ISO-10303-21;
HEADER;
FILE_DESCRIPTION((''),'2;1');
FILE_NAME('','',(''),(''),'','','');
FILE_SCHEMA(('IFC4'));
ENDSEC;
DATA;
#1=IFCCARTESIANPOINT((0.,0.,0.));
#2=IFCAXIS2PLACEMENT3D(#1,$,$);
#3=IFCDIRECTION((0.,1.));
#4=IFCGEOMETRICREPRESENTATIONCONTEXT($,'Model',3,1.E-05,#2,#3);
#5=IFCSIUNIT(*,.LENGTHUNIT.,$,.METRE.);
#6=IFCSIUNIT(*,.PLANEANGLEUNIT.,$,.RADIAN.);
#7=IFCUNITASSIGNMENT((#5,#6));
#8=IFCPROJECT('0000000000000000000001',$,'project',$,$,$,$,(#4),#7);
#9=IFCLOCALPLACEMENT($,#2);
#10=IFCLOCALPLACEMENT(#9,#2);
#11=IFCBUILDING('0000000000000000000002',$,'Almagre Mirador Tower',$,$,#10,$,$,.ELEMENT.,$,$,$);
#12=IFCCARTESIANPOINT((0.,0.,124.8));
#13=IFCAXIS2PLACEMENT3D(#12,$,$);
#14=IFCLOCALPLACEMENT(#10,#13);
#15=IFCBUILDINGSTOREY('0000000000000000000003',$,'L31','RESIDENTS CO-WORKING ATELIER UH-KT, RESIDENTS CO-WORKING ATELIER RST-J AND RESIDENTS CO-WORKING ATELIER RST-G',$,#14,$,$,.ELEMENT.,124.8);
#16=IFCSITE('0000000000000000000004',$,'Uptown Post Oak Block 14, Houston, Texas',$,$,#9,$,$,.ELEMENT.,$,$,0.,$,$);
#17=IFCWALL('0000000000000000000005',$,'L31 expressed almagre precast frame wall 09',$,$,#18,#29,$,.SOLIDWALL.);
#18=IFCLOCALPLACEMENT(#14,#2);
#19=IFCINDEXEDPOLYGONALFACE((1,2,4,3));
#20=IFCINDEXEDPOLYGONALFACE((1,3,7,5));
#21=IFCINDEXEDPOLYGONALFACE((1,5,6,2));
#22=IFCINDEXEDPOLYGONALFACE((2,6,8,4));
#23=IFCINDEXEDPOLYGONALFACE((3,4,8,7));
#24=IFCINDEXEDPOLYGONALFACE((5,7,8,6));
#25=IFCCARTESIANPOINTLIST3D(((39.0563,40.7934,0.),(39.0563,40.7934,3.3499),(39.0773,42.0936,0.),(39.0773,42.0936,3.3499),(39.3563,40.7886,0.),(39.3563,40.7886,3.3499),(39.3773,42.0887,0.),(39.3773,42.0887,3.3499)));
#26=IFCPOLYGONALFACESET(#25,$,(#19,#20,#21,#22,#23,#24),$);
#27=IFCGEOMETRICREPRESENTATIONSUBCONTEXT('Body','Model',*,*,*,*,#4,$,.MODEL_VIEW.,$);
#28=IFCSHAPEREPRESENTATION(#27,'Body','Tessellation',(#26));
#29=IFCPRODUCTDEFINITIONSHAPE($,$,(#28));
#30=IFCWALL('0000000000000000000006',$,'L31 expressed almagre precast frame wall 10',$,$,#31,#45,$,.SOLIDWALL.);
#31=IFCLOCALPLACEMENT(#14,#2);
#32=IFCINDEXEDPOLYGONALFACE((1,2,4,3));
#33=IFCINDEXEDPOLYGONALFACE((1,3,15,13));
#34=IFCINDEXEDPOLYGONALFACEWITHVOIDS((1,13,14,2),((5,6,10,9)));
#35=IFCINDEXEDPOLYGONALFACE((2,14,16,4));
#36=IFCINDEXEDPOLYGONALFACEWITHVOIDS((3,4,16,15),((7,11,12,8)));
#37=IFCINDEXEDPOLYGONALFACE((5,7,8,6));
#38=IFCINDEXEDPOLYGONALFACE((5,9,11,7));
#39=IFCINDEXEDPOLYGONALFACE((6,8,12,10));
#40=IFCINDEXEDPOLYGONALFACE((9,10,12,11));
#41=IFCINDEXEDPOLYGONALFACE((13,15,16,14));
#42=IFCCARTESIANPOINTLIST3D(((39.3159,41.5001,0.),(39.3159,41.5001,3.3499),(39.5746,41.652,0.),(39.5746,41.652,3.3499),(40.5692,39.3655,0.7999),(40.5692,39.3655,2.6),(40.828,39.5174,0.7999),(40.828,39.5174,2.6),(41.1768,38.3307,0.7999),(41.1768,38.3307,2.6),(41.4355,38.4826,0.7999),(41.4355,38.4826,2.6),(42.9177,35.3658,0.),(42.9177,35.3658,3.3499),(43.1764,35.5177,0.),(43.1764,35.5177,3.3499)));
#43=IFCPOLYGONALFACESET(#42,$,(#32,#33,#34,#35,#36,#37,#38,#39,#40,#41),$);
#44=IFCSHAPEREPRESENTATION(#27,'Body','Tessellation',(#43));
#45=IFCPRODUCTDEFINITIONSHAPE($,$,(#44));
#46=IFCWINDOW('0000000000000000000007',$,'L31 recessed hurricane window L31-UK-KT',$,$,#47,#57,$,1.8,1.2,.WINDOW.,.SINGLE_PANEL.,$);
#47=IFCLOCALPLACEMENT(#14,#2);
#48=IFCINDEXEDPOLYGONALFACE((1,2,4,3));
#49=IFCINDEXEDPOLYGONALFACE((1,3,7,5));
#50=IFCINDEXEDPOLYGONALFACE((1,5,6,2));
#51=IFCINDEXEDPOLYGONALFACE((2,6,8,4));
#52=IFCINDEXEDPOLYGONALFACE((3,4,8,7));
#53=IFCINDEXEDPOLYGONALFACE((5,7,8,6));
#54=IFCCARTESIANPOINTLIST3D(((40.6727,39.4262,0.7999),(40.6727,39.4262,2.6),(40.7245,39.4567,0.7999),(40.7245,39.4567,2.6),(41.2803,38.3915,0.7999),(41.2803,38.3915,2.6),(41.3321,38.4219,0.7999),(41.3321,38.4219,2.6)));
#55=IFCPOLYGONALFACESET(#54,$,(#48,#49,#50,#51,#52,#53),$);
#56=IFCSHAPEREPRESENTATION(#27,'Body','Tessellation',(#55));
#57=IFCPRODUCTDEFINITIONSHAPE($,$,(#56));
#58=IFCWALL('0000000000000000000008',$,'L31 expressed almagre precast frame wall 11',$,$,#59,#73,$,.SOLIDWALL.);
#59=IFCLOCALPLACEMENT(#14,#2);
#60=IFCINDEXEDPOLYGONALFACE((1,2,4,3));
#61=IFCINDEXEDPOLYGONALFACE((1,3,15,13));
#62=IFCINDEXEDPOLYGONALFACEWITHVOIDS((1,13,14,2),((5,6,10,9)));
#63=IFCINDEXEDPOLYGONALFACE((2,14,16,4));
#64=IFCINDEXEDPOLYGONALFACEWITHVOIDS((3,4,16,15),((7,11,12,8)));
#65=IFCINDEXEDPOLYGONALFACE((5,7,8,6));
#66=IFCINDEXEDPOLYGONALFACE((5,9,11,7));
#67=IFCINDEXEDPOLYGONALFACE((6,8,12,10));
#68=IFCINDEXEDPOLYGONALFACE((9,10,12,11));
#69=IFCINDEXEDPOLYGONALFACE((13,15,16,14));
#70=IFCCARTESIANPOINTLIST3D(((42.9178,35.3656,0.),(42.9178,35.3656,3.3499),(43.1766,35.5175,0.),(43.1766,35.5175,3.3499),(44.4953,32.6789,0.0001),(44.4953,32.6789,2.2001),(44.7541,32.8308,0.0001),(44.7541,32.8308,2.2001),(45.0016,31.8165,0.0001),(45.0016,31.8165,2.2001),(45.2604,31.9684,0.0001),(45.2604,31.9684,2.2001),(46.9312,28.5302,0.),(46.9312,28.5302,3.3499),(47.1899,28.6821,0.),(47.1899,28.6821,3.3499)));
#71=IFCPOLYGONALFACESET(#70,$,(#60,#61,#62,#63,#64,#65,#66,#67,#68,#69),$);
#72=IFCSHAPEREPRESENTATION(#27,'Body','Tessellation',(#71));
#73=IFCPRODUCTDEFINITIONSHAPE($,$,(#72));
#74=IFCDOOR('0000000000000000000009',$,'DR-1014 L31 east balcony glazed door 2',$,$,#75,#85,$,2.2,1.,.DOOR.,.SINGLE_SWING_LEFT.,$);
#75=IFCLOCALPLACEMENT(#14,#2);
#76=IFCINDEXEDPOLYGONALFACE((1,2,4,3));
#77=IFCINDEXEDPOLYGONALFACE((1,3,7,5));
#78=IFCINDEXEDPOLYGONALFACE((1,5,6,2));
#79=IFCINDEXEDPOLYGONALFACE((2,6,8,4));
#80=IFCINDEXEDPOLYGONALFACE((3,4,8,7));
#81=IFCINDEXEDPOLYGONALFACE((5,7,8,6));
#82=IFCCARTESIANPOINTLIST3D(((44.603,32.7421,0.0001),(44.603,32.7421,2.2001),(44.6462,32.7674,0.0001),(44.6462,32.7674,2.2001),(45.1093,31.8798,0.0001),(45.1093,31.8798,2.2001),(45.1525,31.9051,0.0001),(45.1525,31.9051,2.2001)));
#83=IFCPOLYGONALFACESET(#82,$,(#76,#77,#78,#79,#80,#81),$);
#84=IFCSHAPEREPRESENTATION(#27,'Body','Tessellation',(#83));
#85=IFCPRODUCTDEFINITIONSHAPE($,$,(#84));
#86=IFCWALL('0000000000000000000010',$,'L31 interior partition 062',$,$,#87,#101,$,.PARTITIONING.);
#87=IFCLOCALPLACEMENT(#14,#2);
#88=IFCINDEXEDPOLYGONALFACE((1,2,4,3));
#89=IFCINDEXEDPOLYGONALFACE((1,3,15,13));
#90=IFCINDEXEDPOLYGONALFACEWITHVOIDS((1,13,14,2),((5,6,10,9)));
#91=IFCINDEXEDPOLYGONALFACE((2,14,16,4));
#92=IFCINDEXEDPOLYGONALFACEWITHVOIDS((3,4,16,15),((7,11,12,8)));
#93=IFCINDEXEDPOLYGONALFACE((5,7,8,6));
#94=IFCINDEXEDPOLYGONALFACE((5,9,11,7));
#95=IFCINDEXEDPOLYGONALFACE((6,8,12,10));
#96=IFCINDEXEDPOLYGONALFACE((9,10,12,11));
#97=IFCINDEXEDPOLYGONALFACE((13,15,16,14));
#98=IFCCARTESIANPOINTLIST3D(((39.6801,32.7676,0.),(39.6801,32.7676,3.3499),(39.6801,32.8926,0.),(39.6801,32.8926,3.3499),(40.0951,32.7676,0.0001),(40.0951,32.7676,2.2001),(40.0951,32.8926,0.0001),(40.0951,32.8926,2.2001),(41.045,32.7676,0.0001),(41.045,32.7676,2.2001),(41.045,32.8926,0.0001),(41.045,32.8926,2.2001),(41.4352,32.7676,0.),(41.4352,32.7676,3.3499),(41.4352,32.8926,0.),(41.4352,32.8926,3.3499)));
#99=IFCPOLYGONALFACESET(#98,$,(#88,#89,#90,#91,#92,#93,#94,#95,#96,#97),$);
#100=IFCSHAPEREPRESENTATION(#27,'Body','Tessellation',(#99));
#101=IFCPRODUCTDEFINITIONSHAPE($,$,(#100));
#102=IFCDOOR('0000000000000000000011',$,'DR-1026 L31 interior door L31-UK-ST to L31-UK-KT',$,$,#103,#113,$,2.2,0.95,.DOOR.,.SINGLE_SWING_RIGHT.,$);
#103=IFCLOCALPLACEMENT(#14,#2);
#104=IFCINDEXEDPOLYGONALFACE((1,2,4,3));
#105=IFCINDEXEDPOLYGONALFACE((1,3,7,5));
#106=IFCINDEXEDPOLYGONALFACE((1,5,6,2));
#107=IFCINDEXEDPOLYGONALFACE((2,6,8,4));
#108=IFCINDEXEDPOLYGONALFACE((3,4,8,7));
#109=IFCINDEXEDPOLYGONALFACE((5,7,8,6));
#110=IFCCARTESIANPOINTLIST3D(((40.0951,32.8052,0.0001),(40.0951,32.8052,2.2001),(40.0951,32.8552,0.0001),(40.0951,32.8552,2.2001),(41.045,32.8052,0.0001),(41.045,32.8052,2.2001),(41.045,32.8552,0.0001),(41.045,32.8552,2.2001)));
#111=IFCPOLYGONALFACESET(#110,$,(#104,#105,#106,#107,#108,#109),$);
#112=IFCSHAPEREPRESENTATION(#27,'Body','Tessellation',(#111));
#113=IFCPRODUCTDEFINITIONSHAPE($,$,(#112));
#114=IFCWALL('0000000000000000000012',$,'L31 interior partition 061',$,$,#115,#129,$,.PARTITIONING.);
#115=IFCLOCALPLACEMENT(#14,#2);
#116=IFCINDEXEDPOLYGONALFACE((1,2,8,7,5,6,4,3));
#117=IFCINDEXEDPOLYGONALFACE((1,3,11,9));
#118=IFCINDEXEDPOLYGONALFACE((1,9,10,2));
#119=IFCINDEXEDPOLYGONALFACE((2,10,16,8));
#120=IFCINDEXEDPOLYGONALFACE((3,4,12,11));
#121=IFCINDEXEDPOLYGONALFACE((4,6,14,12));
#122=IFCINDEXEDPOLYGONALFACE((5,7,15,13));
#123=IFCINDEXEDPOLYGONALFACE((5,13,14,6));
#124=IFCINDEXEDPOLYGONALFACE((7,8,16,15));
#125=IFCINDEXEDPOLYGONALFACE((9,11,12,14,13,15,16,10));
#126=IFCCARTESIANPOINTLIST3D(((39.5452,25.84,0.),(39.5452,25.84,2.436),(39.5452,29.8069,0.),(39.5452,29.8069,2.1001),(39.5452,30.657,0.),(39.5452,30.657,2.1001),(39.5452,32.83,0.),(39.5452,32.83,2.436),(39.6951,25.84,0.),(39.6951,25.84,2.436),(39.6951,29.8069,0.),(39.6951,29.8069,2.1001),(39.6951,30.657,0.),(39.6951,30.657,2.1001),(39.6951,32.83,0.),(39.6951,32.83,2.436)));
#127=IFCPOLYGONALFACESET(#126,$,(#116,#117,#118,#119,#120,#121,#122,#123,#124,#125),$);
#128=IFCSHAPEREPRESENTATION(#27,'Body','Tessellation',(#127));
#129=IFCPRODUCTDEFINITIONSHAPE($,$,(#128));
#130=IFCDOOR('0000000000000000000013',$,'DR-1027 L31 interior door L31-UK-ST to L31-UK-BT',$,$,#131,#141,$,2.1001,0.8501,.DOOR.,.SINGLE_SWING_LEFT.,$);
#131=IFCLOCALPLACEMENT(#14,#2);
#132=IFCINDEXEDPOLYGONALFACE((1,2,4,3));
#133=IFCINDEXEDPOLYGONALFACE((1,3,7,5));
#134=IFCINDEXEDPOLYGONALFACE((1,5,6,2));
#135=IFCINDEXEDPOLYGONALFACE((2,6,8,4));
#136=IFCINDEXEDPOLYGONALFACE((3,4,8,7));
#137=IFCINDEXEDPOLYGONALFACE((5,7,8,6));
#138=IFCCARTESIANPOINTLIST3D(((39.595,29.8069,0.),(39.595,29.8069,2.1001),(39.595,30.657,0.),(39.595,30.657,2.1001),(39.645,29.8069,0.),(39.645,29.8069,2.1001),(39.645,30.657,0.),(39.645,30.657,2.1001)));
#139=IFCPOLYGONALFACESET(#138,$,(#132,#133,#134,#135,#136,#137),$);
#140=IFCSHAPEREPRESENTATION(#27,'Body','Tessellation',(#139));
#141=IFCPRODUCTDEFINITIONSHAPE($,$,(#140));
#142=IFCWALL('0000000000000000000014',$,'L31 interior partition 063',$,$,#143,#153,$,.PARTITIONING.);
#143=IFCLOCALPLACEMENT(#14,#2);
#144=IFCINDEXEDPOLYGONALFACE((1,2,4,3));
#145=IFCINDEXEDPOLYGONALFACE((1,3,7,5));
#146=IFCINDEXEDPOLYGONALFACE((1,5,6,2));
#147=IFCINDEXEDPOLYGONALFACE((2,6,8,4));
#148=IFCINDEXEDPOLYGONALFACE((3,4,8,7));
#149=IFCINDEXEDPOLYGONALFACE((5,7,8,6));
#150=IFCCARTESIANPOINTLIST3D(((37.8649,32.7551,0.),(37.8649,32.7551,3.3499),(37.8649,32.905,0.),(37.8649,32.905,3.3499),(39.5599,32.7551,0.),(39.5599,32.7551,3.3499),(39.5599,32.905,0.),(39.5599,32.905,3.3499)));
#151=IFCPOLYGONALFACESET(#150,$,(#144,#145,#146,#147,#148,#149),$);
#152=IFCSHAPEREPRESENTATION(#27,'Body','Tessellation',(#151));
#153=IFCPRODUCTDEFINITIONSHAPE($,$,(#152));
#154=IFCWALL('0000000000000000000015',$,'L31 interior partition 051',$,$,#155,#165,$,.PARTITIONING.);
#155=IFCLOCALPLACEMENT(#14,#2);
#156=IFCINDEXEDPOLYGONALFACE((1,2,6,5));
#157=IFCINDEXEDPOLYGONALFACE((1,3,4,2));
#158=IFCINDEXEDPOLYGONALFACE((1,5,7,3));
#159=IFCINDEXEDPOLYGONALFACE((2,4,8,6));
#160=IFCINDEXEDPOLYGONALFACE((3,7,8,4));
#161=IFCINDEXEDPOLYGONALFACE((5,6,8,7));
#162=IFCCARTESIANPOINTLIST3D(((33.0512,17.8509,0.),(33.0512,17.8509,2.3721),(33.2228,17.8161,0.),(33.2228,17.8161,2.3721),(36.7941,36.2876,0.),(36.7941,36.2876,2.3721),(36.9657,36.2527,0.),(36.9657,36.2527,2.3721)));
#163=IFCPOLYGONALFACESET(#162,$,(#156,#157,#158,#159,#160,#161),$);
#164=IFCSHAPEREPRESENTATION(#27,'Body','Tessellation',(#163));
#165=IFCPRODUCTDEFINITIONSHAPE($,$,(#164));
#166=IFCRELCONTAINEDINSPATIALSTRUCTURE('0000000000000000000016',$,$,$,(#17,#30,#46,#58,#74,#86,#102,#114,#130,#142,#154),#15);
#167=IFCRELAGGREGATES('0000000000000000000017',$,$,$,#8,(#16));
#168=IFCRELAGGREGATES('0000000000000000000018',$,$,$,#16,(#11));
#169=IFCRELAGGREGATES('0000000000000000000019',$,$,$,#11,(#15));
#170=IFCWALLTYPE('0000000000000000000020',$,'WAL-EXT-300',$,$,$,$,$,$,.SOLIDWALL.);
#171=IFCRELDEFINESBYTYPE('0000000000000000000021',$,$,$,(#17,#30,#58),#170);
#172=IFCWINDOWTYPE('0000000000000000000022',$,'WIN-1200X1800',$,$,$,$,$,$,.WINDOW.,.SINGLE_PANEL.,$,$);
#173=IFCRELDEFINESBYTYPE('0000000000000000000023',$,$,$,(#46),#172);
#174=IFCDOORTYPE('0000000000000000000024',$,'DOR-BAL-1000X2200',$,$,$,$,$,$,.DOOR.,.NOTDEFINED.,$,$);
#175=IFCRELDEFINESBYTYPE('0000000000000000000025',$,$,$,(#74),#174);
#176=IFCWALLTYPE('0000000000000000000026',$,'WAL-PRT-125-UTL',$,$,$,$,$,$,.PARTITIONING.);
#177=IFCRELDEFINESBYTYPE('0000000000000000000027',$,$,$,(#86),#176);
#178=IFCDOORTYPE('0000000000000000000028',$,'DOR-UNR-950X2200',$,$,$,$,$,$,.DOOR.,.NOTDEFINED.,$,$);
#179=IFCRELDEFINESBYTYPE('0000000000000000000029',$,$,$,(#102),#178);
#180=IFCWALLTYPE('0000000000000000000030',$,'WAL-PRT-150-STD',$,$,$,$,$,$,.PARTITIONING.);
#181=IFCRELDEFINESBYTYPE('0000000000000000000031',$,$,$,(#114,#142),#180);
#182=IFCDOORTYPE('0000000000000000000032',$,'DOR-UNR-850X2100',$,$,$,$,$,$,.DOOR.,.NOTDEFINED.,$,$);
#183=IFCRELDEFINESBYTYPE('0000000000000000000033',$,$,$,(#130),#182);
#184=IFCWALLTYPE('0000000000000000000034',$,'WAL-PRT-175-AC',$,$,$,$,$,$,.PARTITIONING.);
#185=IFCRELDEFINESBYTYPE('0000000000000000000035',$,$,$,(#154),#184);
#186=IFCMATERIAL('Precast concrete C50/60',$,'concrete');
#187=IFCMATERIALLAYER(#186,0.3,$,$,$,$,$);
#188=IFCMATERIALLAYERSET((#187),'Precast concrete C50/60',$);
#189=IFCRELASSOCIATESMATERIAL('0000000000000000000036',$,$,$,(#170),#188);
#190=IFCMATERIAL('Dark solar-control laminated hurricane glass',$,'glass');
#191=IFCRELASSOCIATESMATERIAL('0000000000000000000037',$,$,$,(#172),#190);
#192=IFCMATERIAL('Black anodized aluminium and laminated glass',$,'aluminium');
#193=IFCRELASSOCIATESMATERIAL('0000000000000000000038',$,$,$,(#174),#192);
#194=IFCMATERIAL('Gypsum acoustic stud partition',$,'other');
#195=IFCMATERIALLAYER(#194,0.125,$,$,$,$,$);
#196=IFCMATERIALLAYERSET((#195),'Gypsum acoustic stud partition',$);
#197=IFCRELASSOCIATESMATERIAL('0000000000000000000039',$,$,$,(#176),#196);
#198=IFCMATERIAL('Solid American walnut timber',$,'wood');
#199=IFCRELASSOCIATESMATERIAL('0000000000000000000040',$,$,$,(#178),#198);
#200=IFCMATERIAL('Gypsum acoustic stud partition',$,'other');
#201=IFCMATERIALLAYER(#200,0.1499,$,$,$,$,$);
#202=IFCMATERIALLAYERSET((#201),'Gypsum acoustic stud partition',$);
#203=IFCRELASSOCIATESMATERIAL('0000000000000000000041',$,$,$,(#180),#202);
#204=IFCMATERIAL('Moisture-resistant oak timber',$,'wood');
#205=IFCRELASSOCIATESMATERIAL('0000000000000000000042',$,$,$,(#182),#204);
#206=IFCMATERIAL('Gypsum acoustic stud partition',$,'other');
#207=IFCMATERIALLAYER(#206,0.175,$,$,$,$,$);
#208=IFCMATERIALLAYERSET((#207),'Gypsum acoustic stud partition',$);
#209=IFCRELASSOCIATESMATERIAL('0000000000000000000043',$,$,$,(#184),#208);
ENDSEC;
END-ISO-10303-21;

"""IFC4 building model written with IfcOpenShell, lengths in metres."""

from ifc_helpers import new_model, si_unit, direction, frame, frame_2d, origin, place, context, subcontext, project, spatial, rectangle, extrude, material, layer, layer_set, type_object, element, fill, save


model = new_model("IFC4")

# Units and contexts
model_context = context("Model", 3, precision=1e-05, world=origin(), true_north=direction((0.0, 1.0)))
body_context = subcontext(model_context, "Body", "Model", "MODEL_VIEW")
ifc_project = project(units=[si_unit("LENGTHUNIT", "METRE"), si_unit("PLANEANGLEUNIT", "RADIAN")], contexts=[model_context])

# Site, building, storey
site_placement = place(None, origin())
site = spatial("IfcSite", under=ifc_project, at=site_placement, Name="Uptown Post Oak Block 14, Houston, Texas", CompositionType="ELEMENT", RefElevation=0.0)
building_placement = place(site_placement, origin())
building = spatial("IfcBuilding", under=site, at=building_placement, Name="Almagre Mirador Tower", CompositionType="ELEMENT")
storey_placement = place(building_placement, frame((0.0, 0.0, 124.8)))
storey = spatial("IfcBuildingStorey", under=building, at=storey_placement, Name="L31", Description="RESIDENTS CO-WORKING ATELIER UH-KT, RESIDENTS CO-WORKING ATELIER RST-J AND RESIDENTS CO-WORKING ATELIER RST-G", CompositionType="ELEMENT", Elevation=124.8)

# Shared definitions
ifc_material_1 = material(Name="Precast concrete C50/60", Category="concrete")
ifc_layer_1 = layer(ifc_material_1, 0.3)
ifc_layer_set_1 = layer_set([ifc_layer_1], Name="Precast concrete C50/60")
wall_type_1 = type_object("IfcWallType", Name="WAL-EXT-300", PredefinedType="SOLIDWALL", material=ifc_layer_set_1)
ifc_material_2 = material(Name="Dark solar-control laminated hurricane glass", Category="glass")
window_type = type_object("IfcWindowType", Name="WIN-1200X1800", PartitioningType="SINGLE_PANEL", PredefinedType="WINDOW", material=ifc_material_2)

# Wall
wall_1_placement = place(storey_placement, frame((39.2063, 40.791, 0.0), z_axis=(0.0, 0.0, 1.0), x_axis=(0.016148, 0.99987, 0.0)))
element("IfcWall", 1, at=wall_1_placement, inside=storey, type_object=wall_type_1, Name="L31 expressed almagre precast frame wall 09", PredefinedType="SOLIDWALL", context=body_context, shape_type="SweptSolid", body=[
    extrude(rectangle(XDim=1.3003, YDim=0.3, at=frame_2d((0.6501, 0.0))), origin(), (0.0, 0.0, 1.0), 3.3499),
])

# Wall, opening, window
wall_2_placement = place(storey_placement, frame((39.4453, 41.5759, 0.0), z_axis=(0.0, 0.0, 1.0), x_axis=(0.506332, -0.862339, 0.0)))
wall_2 = element("IfcWall", 2, at=wall_2_placement, inside=storey, type_object=wall_type_1, Name="L31 expressed almagre precast frame wall 10", PredefinedType="SOLIDWALL", context=body_context, shape_type="SweptSolid", body=[
    extrude(rectangle(XDim=7.1135, YDim=0.3, at=frame_2d((3.5566, 0.0))), origin(), (0.0, 0.0, 1.0), 3.3499),
])
opening_1_placement = place(wall_2_placement, frame((2.4751, 0.0, 0.8)))
opening_1 = element("IfcOpeningElement", 3, at=opening_1_placement, cuts=wall_2, PredefinedType="OPENING", context=body_context, shape_type="SweptSolid", body=[
    extrude(rectangle(XDim=1.2, YDim=1.8, at=frame_2d((0.6001, 0.8999))), frame((0.0, 0.1599, 0.0), z_axis=(0.0, -1.0, 0.0), x_axis=(1.0, 0.0, 0.0)), (0.0, 0.0, 1.0), 0.32),
])
window_1_placement = place(opening_1_placement, origin())
window_1 = element("IfcWindow", 4, at=window_1_placement, inside=storey, type_object=window_type, Name="L31 recessed hurricane window L31-UK-KT", OverallHeight=1.8, OverallWidth=1.2, PartitioningType="SINGLE_PANEL", PredefinedType="WINDOW", context=body_context, shape_type="SweptSolid", body=[
    extrude(rectangle(XDim=1.2, YDim=1.8, at=frame_2d((0.6001, 0.8999))), frame((0.0, 0.03, 0.0), z_axis=(0.0, -1.0, 0.0), x_axis=(1.0, 0.0, 0.0)), (0.0, 0.0, 1.0), 0.0601),
])
fill(opening_1, window_1)

# Walls, openings, doors
wall_3_placement = place(storey_placement, frame((43.0471, 35.4417, 0.0), z_axis=(0.0, 0.0, 1.0), x_axis=(0.506324, -0.862343, 0.0)))
wall_3 = element("IfcWall", 5, at=wall_3_placement, inside=storey, type_object=wall_type_1, Name="L31 expressed almagre precast frame wall 11", PredefinedType="SOLIDWALL", context=body_context, shape_type="SweptSolid", body=[
    extrude(rectangle(XDim=7.9265, YDim=0.3, at=frame_2d((3.9634, 0.0))), origin(), (0.0, 0.0, 1.0), 3.3499),
])
opening_2_placement = place(wall_3_placement, frame((3.1157, 0.0, 0.0)))
opening_2 = element("IfcOpeningElement", 6, at=opening_2_placement, cuts=wall_3, PredefinedType="OPENING", context=body_context, shape_type="SweptSolid", body=[
    extrude(rectangle(XDim=1.0, YDim=2.2, at=frame_2d((0.5, 1.1001))), frame((0.0, 0.1599, 0.0), z_axis=(0.0, -1.0, 0.0), x_axis=(1.0, 0.0, 0.0)), (0.0, 0.0, 1.0), 0.32),
])
ifc_material_3 = material(Name="Black anodized aluminium and laminated glass", Category="aluminium")
door_type_1 = type_object("IfcDoorType", Name="DOR-BAL-1000X2200", OperationType="NOTDEFINED", PredefinedType="DOOR", material=ifc_material_3)
door_1_placement = place(opening_2_placement, origin())
door_1 = element("IfcDoor", 7, at=door_1_placement, inside=storey, type_object=door_type_1, Name="DR-1014 L31 east balcony glazed door 2", OperationType="SINGLE_SWING_LEFT", OverallHeight=2.2, OverallWidth=1.0, PredefinedType="DOOR", context=body_context, shape_type="SweptSolid", body=[
    extrude(rectangle(XDim=1.0, YDim=2.2, at=frame_2d((0.5, 1.1001))), frame((0.0, 0.0249, 0.0), z_axis=(0.0, -1.0, 0.0), x_axis=(1.0, 0.0, 0.0)), (0.0, 0.0, 1.0), 0.05),
])
fill(opening_2, door_1)
ifc_material_4 = material(Name="Gypsum acoustic stud partition", Category="other")
ifc_layer_2 = layer(ifc_material_4, 0.125)
ifc_layer_set_2 = layer_set([ifc_layer_2], Name="Gypsum acoustic stud partition")
wall_type_2 = type_object("IfcWallType", Name="WAL-PRT-125-UTL", PredefinedType="PARTITIONING", material=ifc_layer_set_2)
wall_4_placement = place(storey_placement, frame((41.4351, 32.8301, 0.0), z_axis=(0.0, 0.0, 1.0), x_axis=(-1.0, 0.0, 0.0)))
wall_4 = element("IfcWall", 8, at=wall_4_placement, inside=storey, type_object=wall_type_2, Name="L31 interior partition 062", PredefinedType="PARTITIONING", context=body_context, shape_type="SweptSolid", body=[
    extrude(rectangle(XDim=1.7551, YDim=0.125, at=frame_2d((0.8774, 0.0))), origin(), (0.0, 0.0, 1.0), 3.3499),
])
opening_3_placement = place(wall_4_placement, frame((0.3899, 0.0, 0.0)))
opening_3 = element("IfcOpeningElement", 9, at=opening_3_placement, cuts=wall_4, PredefinedType="OPENING", context=body_context, shape_type="SweptSolid", body=[
    extrude(rectangle(XDim=0.95, YDim=2.2, at=frame_2d((0.4751, 1.1001))), frame((0.0, 0.0725, 0.0), z_axis=(0.0, -1.0, 0.0), x_axis=(1.0, 0.0, 0.0)), (0.0, 0.0, 1.0), 0.145),
])
ifc_material_5 = material(Name="Solid American walnut timber", Category="wood")
door_type_2 = type_object("IfcDoorType", Name="DOR-UNR-950X2200", OperationType="NOTDEFINED", PredefinedType="DOOR", material=ifc_material_5)
door_2_placement = place(opening_3_placement, origin())
door_2 = element("IfcDoor", 10, at=door_2_placement, inside=storey, type_object=door_type_2, Name="DR-1026 L31 interior door L31-UK-ST to L31-UK-KT", OperationType="SINGLE_SWING_RIGHT", OverallHeight=2.2, OverallWidth=0.95, PredefinedType="DOOR", context=body_context, shape_type="SweptSolid", body=[
    extrude(rectangle(XDim=0.95, YDim=2.2, at=frame_2d((0.4751, 1.1001))), frame((0.0, 0.0249, 0.0), z_axis=(0.0, -1.0, 0.0), x_axis=(1.0, 0.0, 0.0)), (0.0, 0.0, 1.0), 0.05),
])
fill(opening_3, door_2)
ifc_material_6 = material(Name="Gypsum acoustic stud partition", Category="other")
ifc_layer_3 = layer(ifc_material_6, 0.1499)
ifc_layer_set_3 = layer_set([ifc_layer_3], Name="Gypsum acoustic stud partition")
wall_type_3 = type_object("IfcWallType", Name="WAL-PRT-150-STD", PredefinedType="PARTITIONING", material=ifc_layer_set_3)
wall_5_placement = place(storey_placement, frame((39.6201, 32.8301, 0.0), z_axis=(0.0, 0.0, 1.0), x_axis=(0.0, -1.0, 0.0)))
wall_5 = element("IfcWall", 11, at=wall_5_placement, inside=storey, type_object=wall_type_3, Name="L31 interior partition 061", PredefinedType="PARTITIONING", context=body_context, shape_type="SweptSolid", body=[
    extrude(rectangle(XDim=6.99, YDim=0.1499, at=frame_2d((3.4951, 0.0))), origin(), (0.0, 0.0, 1.0), 2.436),
])
opening_4_placement = place(wall_5_placement, frame((2.1731, 0.0, 0.0)))
opening_4 = element("IfcOpeningElement", 12, at=opening_4_placement, cuts=wall_5, PredefinedType="OPENING", context=body_context, shape_type="SweptSolid", body=[
    extrude(rectangle(XDim=0.8501, YDim=2.1001, at=frame_2d((0.425, 1.05))), frame((0.0, 0.085, 0.0), z_axis=(0.0, -1.0, 0.0), x_axis=(1.0, 0.0, 0.0)), (0.0, 0.0, 1.0), 0.1699),
])
ifc_material_7 = material(Name="Moisture-resistant oak timber", Category="wood")
door_type_3 = type_object("IfcDoorType", Name="DOR-UNR-850X2100", OperationType="NOTDEFINED", PredefinedType="DOOR", material=ifc_material_7)
door_3_placement = place(opening_4_placement, origin())
door_3 = element("IfcDoor", 13, at=door_3_placement, inside=storey, type_object=door_type_3, Name="DR-1027 L31 interior door L31-UK-ST to L31-UK-BT", OperationType="SINGLE_SWING_LEFT", OverallHeight=2.1001, OverallWidth=0.8501, PredefinedType="DOOR", context=body_context, shape_type="SweptSolid", body=[
    extrude(rectangle(XDim=0.8501, YDim=2.1001, at=frame_2d((0.425, 1.05))), frame((0.0, 0.0249, 0.0), z_axis=(0.0, -1.0, 0.0), x_axis=(1.0, 0.0, 0.0)), (0.0, 0.0, 1.0), 0.05),
])
fill(opening_4, door_3)

# Walls
wall_6_placement = place(storey_placement, frame((39.5601, 32.8301, 0.0), z_axis=(0.0, 0.0, 1.0), x_axis=(-1.0, 0.0, 0.0)))
element("IfcWall", 14, at=wall_6_placement, inside=storey, type_object=wall_type_3, Name="L31 interior partition 063", PredefinedType="PARTITIONING", context=body_context, shape_type="SweptSolid", body=[
    extrude(rectangle(XDim=1.6951, YDim=0.1499, at=frame_2d((0.8477, 0.0))), origin(), (0.0, 0.0, 1.0), 3.3499),
])
ifc_material_8 = material(Name="Gypsum acoustic stud partition", Category="other")
ifc_layer_4 = layer(ifc_material_8, 0.175)
ifc_layer_set_4 = layer_set([ifc_layer_4], Name="Gypsum acoustic stud partition")
wall_type_4 = type_object("IfcWallType", Name="WAL-PRT-175-AC", PredefinedType="PARTITIONING", material=ifc_layer_set_4)
wall_7_placement = place(storey_placement, frame((36.8799, 36.27, 0.0), z_axis=(0.0, 0.0, 1.0), x_axis=(-0.198955, -0.980009, 0.0)))
element("IfcWall", 15, at=wall_7_placement, inside=storey, type_object=wall_type_4, Name="L31 interior partition 051", PredefinedType="PARTITIONING", context=body_context, shape_type="SweptSolid", body=[
    extrude(rectangle(XDim=18.8127, YDim=0.175, at=frame_2d((9.4062, 0.0))), origin(), (0.0, 0.0, 1.0), 2.3721),
])

save(model, "model.ifc")
